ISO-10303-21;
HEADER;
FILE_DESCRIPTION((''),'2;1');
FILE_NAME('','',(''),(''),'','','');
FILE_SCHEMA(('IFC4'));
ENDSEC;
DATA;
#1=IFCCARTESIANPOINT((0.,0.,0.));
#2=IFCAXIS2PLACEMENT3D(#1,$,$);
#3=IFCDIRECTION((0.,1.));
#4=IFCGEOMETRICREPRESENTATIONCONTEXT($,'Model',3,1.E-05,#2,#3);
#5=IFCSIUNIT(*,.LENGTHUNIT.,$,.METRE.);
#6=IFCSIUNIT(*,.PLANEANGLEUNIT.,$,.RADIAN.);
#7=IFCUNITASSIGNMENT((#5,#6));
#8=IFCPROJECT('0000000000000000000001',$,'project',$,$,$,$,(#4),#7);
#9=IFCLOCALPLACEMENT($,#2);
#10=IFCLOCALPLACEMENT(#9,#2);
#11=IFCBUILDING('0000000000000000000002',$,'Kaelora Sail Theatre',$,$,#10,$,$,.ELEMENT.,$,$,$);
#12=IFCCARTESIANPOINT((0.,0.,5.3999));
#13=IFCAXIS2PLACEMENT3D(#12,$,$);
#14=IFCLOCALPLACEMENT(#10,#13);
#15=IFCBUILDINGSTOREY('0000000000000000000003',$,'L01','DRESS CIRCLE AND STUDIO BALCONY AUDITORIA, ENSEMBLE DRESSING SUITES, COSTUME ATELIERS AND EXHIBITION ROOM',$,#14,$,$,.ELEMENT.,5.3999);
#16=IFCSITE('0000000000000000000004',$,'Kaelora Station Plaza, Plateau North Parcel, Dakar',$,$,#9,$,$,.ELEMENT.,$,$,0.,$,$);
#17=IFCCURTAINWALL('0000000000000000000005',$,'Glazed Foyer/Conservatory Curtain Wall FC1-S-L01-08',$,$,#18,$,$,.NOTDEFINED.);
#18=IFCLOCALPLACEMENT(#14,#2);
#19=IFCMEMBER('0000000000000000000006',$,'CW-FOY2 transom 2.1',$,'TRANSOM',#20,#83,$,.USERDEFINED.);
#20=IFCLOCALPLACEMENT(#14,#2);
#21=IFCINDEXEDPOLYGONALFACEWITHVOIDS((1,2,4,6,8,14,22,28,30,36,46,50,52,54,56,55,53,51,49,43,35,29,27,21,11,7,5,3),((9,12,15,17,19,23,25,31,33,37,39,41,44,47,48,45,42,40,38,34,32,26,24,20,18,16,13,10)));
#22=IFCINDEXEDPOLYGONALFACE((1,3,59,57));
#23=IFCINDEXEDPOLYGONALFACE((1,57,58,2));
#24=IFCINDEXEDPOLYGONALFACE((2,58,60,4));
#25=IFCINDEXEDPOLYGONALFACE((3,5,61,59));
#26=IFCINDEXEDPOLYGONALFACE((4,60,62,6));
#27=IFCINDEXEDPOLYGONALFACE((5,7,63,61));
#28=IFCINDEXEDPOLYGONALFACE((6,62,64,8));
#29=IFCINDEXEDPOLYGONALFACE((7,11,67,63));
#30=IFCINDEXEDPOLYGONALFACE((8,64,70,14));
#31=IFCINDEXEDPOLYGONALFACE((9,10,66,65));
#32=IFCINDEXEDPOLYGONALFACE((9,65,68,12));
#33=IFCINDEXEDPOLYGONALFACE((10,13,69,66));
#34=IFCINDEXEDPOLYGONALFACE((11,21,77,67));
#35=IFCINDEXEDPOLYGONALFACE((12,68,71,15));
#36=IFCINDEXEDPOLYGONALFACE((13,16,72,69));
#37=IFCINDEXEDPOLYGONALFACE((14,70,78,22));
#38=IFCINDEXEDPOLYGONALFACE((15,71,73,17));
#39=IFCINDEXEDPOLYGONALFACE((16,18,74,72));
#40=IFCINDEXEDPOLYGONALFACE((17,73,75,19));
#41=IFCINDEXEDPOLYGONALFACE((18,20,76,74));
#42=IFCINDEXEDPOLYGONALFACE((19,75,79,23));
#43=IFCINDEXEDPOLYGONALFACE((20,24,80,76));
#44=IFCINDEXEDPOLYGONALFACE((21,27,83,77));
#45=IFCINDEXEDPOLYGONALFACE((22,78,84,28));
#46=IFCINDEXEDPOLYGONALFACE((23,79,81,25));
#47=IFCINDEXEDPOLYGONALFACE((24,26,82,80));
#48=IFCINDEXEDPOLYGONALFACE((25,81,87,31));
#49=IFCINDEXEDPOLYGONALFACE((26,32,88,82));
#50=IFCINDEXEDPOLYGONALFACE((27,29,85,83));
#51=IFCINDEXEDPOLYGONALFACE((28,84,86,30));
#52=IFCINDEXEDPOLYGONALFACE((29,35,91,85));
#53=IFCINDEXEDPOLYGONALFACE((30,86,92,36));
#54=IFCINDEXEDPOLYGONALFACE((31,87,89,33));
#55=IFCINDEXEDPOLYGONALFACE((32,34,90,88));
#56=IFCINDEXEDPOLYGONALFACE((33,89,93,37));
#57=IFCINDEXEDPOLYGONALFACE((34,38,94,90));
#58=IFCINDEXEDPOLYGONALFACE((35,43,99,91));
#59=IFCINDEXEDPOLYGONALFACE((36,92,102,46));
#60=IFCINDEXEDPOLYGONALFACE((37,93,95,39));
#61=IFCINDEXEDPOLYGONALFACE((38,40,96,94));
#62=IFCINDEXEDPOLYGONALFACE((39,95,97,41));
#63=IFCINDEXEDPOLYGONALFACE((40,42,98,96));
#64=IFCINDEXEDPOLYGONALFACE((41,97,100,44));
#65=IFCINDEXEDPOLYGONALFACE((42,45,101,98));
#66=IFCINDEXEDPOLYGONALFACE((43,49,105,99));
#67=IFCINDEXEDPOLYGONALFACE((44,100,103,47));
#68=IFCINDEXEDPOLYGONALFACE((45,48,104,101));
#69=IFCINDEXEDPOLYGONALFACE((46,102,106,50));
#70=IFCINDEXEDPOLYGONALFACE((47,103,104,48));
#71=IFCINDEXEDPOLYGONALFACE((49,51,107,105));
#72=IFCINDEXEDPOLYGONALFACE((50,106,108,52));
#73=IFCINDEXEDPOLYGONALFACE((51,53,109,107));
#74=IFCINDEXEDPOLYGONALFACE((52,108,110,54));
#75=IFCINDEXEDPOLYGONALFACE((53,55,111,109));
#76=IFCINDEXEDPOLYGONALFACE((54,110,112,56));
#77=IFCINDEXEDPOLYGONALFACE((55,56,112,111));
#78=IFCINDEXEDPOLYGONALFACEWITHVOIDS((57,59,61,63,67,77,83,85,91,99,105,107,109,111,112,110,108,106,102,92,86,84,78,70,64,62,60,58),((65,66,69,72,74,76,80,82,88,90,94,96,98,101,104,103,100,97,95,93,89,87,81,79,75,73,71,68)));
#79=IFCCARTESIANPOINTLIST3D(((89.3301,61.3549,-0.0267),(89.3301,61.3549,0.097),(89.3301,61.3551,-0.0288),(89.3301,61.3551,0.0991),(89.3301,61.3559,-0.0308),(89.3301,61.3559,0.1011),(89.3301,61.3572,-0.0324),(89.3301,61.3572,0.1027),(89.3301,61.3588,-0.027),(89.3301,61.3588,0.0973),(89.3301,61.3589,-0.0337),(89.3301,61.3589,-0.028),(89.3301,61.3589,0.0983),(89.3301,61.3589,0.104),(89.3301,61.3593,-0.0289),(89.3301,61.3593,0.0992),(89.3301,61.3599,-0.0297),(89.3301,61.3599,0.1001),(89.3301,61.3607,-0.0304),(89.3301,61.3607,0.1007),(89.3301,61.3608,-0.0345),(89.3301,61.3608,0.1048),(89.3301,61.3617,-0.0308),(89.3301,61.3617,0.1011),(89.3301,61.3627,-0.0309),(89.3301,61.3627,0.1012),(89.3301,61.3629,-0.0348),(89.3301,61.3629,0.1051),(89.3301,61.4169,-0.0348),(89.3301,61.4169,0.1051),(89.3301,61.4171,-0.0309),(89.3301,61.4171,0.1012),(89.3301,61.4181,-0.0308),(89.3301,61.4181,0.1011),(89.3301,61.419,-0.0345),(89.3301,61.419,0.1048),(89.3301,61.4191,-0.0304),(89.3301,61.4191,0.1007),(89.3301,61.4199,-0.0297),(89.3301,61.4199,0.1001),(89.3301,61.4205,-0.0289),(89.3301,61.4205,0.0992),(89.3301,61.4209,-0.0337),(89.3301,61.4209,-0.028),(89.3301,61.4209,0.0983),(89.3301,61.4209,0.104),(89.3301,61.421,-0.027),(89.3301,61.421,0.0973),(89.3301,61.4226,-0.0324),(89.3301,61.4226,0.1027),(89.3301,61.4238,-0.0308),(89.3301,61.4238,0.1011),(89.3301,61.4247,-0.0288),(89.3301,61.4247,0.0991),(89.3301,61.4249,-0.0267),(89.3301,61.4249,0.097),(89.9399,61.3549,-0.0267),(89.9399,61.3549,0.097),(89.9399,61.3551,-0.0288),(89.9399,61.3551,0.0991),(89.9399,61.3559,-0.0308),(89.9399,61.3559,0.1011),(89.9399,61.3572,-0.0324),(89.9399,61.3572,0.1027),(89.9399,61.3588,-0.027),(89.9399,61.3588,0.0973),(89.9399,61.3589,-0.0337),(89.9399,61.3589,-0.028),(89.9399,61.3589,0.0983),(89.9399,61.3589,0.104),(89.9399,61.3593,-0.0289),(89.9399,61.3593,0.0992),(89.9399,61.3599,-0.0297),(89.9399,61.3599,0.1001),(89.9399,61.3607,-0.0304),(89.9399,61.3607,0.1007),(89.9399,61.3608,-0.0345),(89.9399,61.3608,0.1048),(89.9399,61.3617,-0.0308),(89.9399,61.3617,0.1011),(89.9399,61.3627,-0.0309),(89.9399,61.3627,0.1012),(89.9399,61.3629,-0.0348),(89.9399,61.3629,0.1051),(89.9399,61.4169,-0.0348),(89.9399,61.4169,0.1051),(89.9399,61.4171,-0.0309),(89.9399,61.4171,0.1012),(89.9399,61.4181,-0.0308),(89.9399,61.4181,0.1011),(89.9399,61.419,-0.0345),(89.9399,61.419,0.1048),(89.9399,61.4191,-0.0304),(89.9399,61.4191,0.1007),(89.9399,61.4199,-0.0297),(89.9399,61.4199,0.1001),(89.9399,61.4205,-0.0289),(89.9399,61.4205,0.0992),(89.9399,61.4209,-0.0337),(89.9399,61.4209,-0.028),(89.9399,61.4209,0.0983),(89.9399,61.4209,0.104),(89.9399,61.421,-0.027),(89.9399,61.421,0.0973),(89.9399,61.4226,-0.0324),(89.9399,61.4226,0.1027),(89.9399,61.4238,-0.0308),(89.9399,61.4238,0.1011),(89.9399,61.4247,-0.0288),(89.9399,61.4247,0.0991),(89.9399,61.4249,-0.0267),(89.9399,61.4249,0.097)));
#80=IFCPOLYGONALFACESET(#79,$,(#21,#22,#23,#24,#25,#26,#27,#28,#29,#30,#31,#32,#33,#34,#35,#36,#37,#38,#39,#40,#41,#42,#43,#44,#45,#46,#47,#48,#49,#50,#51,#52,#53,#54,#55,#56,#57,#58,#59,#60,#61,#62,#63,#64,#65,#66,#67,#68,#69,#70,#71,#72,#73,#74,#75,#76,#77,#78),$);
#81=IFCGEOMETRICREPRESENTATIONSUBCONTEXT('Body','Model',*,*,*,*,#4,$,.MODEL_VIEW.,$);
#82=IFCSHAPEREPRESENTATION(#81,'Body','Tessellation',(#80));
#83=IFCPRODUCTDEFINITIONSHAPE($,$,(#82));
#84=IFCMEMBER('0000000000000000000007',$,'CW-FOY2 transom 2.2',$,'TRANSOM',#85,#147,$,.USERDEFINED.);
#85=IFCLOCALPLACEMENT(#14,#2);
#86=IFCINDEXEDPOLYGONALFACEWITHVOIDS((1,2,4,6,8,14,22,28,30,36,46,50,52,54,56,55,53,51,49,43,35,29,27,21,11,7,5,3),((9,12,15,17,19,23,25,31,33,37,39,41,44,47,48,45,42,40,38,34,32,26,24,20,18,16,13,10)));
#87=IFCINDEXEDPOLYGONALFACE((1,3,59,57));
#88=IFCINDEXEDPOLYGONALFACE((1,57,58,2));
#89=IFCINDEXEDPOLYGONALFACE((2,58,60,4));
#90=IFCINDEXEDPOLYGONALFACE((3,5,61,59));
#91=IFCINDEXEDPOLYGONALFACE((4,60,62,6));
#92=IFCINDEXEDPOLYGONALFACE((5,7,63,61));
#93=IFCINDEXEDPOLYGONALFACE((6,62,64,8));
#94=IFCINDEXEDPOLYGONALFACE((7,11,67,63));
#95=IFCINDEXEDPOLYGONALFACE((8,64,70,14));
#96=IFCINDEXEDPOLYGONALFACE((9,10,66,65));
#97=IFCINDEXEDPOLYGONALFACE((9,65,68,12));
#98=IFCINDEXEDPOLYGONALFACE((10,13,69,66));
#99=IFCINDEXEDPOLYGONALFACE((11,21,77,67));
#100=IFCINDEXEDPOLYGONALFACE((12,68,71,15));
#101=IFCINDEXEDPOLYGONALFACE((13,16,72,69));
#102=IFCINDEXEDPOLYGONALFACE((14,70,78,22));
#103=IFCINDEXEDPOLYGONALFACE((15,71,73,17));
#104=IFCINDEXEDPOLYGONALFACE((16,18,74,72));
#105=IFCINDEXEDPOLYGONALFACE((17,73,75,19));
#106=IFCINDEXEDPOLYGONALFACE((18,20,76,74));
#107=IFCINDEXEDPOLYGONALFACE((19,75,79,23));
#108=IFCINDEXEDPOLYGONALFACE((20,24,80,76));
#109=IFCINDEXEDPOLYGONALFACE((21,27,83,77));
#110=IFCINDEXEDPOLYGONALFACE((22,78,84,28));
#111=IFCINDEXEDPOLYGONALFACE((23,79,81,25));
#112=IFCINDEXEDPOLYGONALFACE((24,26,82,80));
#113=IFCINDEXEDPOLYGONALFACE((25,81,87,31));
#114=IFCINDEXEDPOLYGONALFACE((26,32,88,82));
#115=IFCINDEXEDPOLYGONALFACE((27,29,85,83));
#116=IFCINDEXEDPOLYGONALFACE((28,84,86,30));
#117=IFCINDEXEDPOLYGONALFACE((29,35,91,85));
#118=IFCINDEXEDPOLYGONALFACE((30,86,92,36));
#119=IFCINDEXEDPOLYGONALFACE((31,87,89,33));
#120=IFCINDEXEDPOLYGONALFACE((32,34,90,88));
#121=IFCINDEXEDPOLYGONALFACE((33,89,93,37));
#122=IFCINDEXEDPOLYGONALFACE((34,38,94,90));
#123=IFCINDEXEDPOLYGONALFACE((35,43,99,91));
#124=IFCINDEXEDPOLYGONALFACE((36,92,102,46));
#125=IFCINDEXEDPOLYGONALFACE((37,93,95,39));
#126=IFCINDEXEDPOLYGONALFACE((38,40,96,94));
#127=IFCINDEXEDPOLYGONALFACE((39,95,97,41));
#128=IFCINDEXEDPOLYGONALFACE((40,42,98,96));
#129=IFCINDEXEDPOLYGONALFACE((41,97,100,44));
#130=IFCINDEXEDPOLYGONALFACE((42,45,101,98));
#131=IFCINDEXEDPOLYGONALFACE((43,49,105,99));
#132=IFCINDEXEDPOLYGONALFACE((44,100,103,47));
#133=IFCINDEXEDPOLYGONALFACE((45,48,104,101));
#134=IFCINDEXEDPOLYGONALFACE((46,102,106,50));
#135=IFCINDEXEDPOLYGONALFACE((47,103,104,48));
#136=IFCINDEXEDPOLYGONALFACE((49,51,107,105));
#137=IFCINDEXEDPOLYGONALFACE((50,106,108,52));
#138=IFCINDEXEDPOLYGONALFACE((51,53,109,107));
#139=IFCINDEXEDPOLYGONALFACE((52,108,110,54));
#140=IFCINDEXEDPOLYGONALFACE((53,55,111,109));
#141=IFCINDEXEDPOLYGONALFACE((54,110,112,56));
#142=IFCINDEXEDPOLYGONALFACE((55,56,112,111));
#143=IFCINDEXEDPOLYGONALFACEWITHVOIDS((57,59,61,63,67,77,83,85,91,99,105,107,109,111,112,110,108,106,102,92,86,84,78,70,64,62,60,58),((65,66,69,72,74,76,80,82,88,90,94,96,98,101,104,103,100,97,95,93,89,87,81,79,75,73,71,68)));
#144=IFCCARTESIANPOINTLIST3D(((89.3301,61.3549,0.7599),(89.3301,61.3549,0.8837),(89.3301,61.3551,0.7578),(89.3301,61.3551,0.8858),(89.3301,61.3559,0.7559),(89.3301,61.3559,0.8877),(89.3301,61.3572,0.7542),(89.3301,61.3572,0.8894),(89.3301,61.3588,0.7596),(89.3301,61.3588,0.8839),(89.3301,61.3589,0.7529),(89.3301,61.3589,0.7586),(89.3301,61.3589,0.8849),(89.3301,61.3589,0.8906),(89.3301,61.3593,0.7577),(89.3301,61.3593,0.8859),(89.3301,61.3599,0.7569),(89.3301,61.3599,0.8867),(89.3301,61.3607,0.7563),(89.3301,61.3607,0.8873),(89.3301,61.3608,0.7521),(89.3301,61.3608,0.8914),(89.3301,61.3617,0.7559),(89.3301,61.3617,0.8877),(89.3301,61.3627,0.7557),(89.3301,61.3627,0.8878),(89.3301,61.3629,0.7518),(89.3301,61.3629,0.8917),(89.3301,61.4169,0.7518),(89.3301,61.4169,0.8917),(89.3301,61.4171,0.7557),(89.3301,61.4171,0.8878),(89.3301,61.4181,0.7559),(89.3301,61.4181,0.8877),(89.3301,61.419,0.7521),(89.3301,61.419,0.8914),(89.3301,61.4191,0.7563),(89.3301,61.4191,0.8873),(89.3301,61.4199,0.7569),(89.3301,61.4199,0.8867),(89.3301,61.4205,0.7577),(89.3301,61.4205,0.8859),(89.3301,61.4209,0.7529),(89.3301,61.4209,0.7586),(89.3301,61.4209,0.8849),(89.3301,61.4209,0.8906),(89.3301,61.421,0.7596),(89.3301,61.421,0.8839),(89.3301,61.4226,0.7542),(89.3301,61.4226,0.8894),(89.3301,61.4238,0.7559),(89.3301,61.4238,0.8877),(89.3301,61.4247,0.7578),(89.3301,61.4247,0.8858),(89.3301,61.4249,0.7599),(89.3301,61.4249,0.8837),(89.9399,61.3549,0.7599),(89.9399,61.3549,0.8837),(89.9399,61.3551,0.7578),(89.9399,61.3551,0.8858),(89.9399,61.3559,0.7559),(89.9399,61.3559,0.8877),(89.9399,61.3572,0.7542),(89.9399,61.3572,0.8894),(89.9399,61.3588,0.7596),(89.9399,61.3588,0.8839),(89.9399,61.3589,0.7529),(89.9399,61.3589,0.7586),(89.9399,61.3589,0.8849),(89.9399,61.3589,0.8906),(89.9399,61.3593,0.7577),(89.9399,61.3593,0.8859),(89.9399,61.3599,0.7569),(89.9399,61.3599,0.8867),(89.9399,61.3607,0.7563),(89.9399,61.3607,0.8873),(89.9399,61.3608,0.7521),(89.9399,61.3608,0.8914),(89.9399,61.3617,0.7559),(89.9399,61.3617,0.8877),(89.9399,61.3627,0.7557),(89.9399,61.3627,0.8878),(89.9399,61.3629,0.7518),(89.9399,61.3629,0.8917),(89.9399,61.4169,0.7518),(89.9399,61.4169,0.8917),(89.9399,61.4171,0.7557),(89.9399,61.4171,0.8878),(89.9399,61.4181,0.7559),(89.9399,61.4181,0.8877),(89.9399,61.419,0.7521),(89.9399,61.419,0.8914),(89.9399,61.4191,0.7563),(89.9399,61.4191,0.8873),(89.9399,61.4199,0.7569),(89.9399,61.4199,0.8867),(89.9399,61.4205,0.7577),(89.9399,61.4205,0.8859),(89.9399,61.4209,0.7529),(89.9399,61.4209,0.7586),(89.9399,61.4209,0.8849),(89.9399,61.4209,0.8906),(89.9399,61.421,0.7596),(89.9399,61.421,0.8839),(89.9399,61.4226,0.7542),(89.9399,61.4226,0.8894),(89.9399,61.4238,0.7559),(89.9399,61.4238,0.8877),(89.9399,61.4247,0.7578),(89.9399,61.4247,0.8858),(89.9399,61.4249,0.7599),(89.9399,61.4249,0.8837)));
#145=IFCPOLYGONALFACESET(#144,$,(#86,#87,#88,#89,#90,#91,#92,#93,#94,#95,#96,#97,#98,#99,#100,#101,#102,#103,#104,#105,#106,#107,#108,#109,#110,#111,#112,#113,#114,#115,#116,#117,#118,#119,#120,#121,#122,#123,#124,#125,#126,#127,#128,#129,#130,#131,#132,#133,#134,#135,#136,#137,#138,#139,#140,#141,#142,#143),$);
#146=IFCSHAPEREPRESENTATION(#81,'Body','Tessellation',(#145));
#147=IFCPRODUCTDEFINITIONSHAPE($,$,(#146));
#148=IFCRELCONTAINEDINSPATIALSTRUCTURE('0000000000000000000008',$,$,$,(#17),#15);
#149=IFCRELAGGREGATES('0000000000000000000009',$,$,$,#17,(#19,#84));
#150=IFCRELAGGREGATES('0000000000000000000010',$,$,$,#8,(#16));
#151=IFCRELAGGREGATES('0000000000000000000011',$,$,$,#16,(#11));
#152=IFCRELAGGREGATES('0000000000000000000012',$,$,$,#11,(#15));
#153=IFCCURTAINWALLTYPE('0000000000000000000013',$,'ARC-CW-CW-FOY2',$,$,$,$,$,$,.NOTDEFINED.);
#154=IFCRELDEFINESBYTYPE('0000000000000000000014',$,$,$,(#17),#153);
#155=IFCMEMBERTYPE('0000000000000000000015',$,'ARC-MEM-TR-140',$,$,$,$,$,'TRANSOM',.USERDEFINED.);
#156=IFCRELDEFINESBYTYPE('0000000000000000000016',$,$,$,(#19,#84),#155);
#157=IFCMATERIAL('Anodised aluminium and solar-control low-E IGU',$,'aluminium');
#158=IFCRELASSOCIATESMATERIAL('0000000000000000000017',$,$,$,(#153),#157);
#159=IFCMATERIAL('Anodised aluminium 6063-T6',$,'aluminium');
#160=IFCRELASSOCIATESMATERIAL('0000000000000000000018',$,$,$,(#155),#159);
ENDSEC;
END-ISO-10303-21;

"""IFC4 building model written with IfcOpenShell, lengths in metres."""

from ifc_helpers import new_model, si_unit, direction, frame, origin, origin_2d, place, context, subcontext, project, spatial, hollow_rectangle, extrude, material, material_profile, profile_set, type_object, element, aggregate, save


model = new_model("IFC4")

# Units and contexts
model_context = context("Model", 3, precision=1e-05, world=origin(), true_north=direction((0.0, 1.0)))
body_context = subcontext(model_context, "Body", "Model", "MODEL_VIEW")
ifc_project = project(units=[si_unit("LENGTHUNIT", "METRE"), si_unit("PLANEANGLEUNIT", "RADIAN")], contexts=[model_context])

# Site, building, storey
site_placement = place(None, origin())
site = spatial("IfcSite", under=ifc_project, at=site_placement, Name="Kaelora Station Plaza, Plateau North Parcel, Dakar", CompositionType="ELEMENT", RefElevation=0.0)
building_placement = place(site_placement, origin())
building = spatial("IfcBuilding", under=site, at=building_placement, Name="Kaelora Sail Theatre", CompositionType="ELEMENT")
storey_placement = place(building_placement, frame((0.0, 0.0, 5.3999)))
storey = spatial("IfcBuildingStorey", under=building, at=storey_placement, Name="L01", Description="DRESS CIRCLE AND STUDIO BALCONY AUDITORIA, ENSEMBLE DRESSING SUITES, COSTUME ATELIERS AND EXHIBITION ROOM", CompositionType="ELEMENT", Elevation=5.3999)

# Curtain wall, members
ifc_material_1 = material(Name="Anodised aluminium and solar-control low-E IGU", Category="aluminium")
curtain_wall_type = type_object("IfcCurtainWallType", Name="ARC-CW-CW-FOY2", PredefinedType="NOTDEFINED", material=ifc_material_1)
curtain_wall_placement = place(storey_placement, origin())
curtain_wall = element("IfcCurtainWall", 1, at=curtain_wall_placement, inside=storey, type_object=curtain_wall_type, Name="Glazed Foyer/Conservatory Curtain Wall FC1-S-L01-08", PredefinedType="NOTDEFINED")
ifc_material_2 = material(Name="Anodised aluminium 6063-T6", Category="aluminium")
ifc_material_profile_1 = material_profile(ifc_material_2, hollow_rectangle(XDim=0.0701, YDim=0.1399, WallThickness=0.0039, InnerFilletRadius=0.0039, OuterFilletRadius=0.0081, at=origin_2d()), Name="ALU-TRAN 70x140x4")
ifc_profile_set_1 = profile_set([ifc_material_profile_1], Name="Anodised aluminium 6063-T6")
member_type_1 = type_object("IfcMemberType", Name="ARC-MEM-TR-140", ElementType="TRANSOM", PredefinedType="USERDEFINED", material=ifc_profile_set_1)
member_1_placement = place(storey_placement, frame((89.3301, 61.3899, 0.0352), z_axis=(1.0, 0.0, 0.0), x_axis=(0.0, 1.0, 0.0)))
member_1 = element("IfcMember", 2, at=member_1_placement, type_object=member_type_1, Name="CW-FOY2 transom 2.1", ObjectType="TRANSOM", PredefinedType="USERDEFINED", context=body_context, shape_type="SweptSolid", body=[
    extrude(hollow_rectangle(XDim=0.0701, YDim=0.1399, WallThickness=0.0039, InnerFilletRadius=0.0039, OuterFilletRadius=0.0081, at=origin_2d()), origin(), (0.0, 0.0, 1.0), 0.6099),
])
member_2_placement = place(storey_placement, frame((89.3301, 61.3899, 0.8218), z_axis=(1.0, 0.0, 0.0), x_axis=(0.0, 1.0, 0.0)))
member_2 = element("IfcMember", 3, at=member_2_placement, type_object=member_type_1, Name="CW-FOY2 transom 2.2", ObjectType="TRANSOM", PredefinedType="USERDEFINED", context=body_context, shape_type="SweptSolid", body=[
    extrude(hollow_rectangle(XDim=0.0701, YDim=0.1399, WallThickness=0.0039, InnerFilletRadius=0.0039, OuterFilletRadius=0.0081, at=origin_2d()), origin(), (0.0, 0.0, 1.0), 0.6099),
])

aggregate(curtain_wall, [member_1, member_2])

save(model, "model.ifc")
